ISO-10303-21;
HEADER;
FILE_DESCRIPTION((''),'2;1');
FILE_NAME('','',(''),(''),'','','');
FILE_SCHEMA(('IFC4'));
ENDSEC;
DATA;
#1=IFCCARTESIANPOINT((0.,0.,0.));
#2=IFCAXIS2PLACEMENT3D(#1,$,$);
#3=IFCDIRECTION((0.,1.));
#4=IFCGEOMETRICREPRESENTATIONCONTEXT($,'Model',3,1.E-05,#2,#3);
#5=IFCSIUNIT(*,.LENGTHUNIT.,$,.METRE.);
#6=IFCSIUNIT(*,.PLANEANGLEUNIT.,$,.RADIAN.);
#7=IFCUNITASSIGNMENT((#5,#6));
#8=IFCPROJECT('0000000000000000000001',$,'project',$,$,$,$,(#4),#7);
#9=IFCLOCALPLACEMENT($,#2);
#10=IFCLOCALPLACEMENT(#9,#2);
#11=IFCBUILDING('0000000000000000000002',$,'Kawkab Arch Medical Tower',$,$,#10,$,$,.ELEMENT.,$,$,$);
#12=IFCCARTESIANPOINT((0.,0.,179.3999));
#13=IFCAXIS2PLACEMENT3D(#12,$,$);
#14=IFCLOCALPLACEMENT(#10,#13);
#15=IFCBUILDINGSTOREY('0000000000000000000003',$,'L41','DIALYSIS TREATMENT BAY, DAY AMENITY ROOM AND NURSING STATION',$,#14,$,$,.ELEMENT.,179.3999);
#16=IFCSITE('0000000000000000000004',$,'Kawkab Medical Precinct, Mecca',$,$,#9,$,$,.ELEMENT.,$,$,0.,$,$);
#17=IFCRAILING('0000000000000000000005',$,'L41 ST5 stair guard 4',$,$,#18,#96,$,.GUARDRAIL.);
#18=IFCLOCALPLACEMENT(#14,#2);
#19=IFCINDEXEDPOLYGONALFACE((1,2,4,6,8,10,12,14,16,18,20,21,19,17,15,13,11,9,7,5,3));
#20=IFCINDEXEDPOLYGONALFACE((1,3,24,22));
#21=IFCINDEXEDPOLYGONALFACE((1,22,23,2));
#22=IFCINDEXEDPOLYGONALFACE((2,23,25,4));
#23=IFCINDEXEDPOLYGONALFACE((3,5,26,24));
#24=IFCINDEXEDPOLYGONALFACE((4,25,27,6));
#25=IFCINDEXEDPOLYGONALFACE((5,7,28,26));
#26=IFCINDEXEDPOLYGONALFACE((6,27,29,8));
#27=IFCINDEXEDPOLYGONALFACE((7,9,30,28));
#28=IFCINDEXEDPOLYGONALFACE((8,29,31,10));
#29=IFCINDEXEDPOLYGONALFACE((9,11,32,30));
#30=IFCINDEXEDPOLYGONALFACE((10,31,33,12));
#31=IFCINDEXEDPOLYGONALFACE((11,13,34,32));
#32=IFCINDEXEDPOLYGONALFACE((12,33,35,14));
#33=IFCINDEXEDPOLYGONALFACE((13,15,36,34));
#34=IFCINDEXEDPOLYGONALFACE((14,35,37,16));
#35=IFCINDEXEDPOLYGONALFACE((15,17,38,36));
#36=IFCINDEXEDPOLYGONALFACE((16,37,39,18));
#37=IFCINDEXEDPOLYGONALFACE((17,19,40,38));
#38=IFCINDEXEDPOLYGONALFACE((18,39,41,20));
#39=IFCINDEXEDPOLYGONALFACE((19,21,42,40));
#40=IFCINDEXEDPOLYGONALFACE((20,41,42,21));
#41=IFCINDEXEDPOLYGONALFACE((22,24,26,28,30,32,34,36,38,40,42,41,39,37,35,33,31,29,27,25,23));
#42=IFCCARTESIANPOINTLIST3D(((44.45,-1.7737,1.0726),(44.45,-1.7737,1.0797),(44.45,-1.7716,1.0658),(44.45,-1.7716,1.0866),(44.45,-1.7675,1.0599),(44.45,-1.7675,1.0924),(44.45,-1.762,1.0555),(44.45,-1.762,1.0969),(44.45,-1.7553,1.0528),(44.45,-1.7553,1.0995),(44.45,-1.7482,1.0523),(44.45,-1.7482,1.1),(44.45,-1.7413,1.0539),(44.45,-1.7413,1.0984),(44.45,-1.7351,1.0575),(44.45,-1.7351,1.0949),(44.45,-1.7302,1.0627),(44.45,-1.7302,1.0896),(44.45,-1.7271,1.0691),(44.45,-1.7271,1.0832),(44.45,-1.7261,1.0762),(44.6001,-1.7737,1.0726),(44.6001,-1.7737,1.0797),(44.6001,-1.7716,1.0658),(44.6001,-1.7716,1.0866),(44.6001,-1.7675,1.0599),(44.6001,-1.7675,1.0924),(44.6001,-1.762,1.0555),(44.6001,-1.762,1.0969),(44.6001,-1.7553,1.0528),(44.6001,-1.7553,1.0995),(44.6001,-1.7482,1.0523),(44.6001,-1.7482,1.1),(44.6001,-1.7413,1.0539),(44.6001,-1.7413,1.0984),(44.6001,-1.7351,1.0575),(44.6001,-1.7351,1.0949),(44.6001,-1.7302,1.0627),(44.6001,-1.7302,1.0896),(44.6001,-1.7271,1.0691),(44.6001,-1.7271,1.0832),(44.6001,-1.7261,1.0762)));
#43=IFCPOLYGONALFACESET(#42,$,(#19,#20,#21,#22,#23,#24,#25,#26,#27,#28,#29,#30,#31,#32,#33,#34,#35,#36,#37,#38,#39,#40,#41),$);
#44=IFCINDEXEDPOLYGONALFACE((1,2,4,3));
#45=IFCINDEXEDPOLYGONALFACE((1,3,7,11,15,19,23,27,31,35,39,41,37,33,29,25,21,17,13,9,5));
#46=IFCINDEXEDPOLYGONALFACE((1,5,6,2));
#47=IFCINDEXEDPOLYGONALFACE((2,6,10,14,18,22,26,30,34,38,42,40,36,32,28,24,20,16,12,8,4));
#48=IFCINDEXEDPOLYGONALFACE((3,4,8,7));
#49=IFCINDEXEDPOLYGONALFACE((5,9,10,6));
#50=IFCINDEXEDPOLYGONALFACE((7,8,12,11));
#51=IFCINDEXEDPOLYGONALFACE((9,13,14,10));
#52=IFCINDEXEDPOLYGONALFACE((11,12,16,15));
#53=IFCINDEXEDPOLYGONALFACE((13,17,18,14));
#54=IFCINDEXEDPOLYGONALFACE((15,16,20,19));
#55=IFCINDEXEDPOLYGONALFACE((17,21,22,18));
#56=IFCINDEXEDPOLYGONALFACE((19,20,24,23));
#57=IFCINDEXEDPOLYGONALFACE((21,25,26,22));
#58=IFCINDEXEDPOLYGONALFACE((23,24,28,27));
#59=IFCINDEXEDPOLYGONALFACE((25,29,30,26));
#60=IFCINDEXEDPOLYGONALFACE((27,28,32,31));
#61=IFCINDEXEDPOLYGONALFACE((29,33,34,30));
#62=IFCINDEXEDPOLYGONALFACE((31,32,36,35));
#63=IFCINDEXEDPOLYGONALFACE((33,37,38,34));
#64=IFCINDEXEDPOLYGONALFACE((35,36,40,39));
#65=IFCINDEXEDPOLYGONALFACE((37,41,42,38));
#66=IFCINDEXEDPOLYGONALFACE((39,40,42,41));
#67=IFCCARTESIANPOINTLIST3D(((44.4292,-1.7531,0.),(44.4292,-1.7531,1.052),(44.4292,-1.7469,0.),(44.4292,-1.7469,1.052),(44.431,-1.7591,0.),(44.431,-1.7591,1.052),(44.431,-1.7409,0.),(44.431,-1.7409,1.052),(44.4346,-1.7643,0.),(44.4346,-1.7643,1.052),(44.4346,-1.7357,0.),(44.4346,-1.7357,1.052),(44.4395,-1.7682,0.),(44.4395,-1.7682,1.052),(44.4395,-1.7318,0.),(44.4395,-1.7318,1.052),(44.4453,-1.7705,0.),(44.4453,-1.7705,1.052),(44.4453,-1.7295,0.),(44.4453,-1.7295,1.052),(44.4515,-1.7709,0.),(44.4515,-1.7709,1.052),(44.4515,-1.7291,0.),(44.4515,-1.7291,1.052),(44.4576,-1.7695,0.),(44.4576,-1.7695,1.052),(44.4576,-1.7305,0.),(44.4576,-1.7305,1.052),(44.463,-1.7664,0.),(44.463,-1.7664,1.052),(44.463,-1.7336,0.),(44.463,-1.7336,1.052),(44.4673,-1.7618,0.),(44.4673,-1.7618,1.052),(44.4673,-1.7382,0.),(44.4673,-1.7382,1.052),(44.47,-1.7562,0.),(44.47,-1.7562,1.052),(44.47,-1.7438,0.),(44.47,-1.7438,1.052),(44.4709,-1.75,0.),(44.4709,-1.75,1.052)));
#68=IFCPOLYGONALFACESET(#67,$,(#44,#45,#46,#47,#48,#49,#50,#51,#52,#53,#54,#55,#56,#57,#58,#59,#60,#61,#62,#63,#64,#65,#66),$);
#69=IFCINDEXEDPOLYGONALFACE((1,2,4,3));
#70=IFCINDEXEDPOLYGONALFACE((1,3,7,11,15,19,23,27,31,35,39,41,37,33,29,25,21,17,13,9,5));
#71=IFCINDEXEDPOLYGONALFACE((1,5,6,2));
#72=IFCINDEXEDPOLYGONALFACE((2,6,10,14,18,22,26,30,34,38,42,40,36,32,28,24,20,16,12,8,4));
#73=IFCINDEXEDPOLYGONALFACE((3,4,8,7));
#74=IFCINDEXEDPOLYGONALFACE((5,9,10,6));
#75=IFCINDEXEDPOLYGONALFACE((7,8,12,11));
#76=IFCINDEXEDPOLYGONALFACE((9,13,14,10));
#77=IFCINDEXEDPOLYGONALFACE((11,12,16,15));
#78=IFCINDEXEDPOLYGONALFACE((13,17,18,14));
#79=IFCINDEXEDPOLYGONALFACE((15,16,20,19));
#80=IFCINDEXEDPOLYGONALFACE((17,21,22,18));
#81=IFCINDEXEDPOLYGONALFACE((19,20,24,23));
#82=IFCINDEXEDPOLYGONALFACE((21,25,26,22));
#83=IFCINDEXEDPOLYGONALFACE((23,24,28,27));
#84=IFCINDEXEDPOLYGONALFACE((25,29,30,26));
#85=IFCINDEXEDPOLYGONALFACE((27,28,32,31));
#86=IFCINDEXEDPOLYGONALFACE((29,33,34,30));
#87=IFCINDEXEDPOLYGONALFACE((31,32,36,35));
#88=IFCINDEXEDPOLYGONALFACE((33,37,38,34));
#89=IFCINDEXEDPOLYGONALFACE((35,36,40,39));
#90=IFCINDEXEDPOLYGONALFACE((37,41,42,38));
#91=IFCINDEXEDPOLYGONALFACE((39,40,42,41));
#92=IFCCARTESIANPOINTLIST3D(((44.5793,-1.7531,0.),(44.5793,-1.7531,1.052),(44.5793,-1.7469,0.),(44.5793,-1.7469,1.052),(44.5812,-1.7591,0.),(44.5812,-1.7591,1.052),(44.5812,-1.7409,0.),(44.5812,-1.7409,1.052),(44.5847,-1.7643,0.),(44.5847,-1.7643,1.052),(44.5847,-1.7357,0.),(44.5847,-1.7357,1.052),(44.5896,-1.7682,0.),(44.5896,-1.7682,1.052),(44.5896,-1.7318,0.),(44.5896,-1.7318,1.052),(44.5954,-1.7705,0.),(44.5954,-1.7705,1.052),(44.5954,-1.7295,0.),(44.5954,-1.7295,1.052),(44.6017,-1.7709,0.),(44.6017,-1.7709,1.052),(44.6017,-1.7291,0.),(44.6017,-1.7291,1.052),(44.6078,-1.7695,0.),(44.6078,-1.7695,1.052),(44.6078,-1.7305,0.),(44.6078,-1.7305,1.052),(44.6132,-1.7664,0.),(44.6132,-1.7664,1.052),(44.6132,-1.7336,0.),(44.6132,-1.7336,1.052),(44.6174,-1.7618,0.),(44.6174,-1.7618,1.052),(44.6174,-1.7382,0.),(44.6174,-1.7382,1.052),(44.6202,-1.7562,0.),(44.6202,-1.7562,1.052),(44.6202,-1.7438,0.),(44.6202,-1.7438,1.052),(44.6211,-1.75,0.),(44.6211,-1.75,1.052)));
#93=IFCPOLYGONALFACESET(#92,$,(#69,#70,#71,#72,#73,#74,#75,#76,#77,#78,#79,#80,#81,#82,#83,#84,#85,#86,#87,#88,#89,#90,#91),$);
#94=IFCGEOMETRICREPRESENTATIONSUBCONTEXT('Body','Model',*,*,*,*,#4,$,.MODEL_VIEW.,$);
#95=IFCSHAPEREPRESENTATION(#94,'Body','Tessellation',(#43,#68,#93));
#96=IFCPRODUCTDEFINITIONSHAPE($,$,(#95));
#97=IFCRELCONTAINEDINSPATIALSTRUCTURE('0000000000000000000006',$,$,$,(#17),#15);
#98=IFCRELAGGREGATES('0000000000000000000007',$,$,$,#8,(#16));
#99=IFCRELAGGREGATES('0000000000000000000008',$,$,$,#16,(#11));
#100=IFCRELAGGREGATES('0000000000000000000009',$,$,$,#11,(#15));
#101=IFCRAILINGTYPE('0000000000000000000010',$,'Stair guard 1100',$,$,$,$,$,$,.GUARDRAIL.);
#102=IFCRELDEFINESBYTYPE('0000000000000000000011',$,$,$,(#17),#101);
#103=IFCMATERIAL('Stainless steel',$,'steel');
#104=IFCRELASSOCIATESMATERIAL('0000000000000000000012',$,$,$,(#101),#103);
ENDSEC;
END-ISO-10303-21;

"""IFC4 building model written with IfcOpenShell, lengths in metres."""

from ifc_helpers import new_model, si_unit, direction, frame, origin, origin_2d, place, context, subcontext, project, spatial, circle, extrude, material, type_object, element, save


model = new_model("IFC4")

# Units and contexts
model_context = context("Model", 3, precision=1e-05, world=origin(), true_north=direction((0.0, 1.0)))
body_context = subcontext(model_context, "Body", "Model", "MODEL_VIEW")
ifc_project = project(units=[si_unit("LENGTHUNIT", "METRE"), si_unit("PLANEANGLEUNIT", "RADIAN")], contexts=[model_context])

# Site, building, storey
site_placement = place(None, origin())
site = spatial("IfcSite", under=ifc_project, at=site_placement, Name="Kawkab Medical Precinct, Mecca", CompositionType="ELEMENT", RefElevation=0.0)
building_placement = place(site_placement, origin())
building = spatial("IfcBuilding", under=site, at=building_placement, Name="Kawkab Arch Medical Tower", CompositionType="ELEMENT")
storey_placement = place(building_placement, frame((0.0, 0.0, 179.3999)))
storey = spatial("IfcBuildingStorey", under=building, at=storey_placement, Name="L41", Description="DIALYSIS TREATMENT BAY, DAY AMENITY ROOM AND NURSING STATION", CompositionType="ELEMENT", Elevation=179.3999)

# Railing
ifc_material_1 = material(Name="Stainless steel", Category="steel")
railing_type = type_object("IfcRailingType", Name="Stair guard 1100", PredefinedType="GUARDRAIL", material=ifc_material_1)
railing_1_placement = place(storey_placement, frame((44.45, -1.75, 0.0)))
element("IfcRailing", 1, at=railing_1_placement, inside=storey, type_object=railing_type, Name="L41 ST5 stair guard 4", PredefinedType="GUARDRAIL", context=body_context, shape_type="SweptSolid", body=[
    extrude(circle(Radius=0.0239, at=origin_2d()), frame((0.0, 0.0, 1.0762), z_axis=(1.0, 0.0, 0.0), x_axis=(0.0, 1.0, 0.0)), (0.0, 0.0, 1.0), 0.1501),
    extrude(circle(Radius=0.021, at=origin_2d()), origin(), (0.0, 0.0, 1.0), 1.052),
    extrude(circle(Radius=0.021, at=origin_2d()), frame((0.1501, 0.0, 0.0)), (0.0, 0.0, 1.0), 1.052),
])

save(model, "model.ifc")
